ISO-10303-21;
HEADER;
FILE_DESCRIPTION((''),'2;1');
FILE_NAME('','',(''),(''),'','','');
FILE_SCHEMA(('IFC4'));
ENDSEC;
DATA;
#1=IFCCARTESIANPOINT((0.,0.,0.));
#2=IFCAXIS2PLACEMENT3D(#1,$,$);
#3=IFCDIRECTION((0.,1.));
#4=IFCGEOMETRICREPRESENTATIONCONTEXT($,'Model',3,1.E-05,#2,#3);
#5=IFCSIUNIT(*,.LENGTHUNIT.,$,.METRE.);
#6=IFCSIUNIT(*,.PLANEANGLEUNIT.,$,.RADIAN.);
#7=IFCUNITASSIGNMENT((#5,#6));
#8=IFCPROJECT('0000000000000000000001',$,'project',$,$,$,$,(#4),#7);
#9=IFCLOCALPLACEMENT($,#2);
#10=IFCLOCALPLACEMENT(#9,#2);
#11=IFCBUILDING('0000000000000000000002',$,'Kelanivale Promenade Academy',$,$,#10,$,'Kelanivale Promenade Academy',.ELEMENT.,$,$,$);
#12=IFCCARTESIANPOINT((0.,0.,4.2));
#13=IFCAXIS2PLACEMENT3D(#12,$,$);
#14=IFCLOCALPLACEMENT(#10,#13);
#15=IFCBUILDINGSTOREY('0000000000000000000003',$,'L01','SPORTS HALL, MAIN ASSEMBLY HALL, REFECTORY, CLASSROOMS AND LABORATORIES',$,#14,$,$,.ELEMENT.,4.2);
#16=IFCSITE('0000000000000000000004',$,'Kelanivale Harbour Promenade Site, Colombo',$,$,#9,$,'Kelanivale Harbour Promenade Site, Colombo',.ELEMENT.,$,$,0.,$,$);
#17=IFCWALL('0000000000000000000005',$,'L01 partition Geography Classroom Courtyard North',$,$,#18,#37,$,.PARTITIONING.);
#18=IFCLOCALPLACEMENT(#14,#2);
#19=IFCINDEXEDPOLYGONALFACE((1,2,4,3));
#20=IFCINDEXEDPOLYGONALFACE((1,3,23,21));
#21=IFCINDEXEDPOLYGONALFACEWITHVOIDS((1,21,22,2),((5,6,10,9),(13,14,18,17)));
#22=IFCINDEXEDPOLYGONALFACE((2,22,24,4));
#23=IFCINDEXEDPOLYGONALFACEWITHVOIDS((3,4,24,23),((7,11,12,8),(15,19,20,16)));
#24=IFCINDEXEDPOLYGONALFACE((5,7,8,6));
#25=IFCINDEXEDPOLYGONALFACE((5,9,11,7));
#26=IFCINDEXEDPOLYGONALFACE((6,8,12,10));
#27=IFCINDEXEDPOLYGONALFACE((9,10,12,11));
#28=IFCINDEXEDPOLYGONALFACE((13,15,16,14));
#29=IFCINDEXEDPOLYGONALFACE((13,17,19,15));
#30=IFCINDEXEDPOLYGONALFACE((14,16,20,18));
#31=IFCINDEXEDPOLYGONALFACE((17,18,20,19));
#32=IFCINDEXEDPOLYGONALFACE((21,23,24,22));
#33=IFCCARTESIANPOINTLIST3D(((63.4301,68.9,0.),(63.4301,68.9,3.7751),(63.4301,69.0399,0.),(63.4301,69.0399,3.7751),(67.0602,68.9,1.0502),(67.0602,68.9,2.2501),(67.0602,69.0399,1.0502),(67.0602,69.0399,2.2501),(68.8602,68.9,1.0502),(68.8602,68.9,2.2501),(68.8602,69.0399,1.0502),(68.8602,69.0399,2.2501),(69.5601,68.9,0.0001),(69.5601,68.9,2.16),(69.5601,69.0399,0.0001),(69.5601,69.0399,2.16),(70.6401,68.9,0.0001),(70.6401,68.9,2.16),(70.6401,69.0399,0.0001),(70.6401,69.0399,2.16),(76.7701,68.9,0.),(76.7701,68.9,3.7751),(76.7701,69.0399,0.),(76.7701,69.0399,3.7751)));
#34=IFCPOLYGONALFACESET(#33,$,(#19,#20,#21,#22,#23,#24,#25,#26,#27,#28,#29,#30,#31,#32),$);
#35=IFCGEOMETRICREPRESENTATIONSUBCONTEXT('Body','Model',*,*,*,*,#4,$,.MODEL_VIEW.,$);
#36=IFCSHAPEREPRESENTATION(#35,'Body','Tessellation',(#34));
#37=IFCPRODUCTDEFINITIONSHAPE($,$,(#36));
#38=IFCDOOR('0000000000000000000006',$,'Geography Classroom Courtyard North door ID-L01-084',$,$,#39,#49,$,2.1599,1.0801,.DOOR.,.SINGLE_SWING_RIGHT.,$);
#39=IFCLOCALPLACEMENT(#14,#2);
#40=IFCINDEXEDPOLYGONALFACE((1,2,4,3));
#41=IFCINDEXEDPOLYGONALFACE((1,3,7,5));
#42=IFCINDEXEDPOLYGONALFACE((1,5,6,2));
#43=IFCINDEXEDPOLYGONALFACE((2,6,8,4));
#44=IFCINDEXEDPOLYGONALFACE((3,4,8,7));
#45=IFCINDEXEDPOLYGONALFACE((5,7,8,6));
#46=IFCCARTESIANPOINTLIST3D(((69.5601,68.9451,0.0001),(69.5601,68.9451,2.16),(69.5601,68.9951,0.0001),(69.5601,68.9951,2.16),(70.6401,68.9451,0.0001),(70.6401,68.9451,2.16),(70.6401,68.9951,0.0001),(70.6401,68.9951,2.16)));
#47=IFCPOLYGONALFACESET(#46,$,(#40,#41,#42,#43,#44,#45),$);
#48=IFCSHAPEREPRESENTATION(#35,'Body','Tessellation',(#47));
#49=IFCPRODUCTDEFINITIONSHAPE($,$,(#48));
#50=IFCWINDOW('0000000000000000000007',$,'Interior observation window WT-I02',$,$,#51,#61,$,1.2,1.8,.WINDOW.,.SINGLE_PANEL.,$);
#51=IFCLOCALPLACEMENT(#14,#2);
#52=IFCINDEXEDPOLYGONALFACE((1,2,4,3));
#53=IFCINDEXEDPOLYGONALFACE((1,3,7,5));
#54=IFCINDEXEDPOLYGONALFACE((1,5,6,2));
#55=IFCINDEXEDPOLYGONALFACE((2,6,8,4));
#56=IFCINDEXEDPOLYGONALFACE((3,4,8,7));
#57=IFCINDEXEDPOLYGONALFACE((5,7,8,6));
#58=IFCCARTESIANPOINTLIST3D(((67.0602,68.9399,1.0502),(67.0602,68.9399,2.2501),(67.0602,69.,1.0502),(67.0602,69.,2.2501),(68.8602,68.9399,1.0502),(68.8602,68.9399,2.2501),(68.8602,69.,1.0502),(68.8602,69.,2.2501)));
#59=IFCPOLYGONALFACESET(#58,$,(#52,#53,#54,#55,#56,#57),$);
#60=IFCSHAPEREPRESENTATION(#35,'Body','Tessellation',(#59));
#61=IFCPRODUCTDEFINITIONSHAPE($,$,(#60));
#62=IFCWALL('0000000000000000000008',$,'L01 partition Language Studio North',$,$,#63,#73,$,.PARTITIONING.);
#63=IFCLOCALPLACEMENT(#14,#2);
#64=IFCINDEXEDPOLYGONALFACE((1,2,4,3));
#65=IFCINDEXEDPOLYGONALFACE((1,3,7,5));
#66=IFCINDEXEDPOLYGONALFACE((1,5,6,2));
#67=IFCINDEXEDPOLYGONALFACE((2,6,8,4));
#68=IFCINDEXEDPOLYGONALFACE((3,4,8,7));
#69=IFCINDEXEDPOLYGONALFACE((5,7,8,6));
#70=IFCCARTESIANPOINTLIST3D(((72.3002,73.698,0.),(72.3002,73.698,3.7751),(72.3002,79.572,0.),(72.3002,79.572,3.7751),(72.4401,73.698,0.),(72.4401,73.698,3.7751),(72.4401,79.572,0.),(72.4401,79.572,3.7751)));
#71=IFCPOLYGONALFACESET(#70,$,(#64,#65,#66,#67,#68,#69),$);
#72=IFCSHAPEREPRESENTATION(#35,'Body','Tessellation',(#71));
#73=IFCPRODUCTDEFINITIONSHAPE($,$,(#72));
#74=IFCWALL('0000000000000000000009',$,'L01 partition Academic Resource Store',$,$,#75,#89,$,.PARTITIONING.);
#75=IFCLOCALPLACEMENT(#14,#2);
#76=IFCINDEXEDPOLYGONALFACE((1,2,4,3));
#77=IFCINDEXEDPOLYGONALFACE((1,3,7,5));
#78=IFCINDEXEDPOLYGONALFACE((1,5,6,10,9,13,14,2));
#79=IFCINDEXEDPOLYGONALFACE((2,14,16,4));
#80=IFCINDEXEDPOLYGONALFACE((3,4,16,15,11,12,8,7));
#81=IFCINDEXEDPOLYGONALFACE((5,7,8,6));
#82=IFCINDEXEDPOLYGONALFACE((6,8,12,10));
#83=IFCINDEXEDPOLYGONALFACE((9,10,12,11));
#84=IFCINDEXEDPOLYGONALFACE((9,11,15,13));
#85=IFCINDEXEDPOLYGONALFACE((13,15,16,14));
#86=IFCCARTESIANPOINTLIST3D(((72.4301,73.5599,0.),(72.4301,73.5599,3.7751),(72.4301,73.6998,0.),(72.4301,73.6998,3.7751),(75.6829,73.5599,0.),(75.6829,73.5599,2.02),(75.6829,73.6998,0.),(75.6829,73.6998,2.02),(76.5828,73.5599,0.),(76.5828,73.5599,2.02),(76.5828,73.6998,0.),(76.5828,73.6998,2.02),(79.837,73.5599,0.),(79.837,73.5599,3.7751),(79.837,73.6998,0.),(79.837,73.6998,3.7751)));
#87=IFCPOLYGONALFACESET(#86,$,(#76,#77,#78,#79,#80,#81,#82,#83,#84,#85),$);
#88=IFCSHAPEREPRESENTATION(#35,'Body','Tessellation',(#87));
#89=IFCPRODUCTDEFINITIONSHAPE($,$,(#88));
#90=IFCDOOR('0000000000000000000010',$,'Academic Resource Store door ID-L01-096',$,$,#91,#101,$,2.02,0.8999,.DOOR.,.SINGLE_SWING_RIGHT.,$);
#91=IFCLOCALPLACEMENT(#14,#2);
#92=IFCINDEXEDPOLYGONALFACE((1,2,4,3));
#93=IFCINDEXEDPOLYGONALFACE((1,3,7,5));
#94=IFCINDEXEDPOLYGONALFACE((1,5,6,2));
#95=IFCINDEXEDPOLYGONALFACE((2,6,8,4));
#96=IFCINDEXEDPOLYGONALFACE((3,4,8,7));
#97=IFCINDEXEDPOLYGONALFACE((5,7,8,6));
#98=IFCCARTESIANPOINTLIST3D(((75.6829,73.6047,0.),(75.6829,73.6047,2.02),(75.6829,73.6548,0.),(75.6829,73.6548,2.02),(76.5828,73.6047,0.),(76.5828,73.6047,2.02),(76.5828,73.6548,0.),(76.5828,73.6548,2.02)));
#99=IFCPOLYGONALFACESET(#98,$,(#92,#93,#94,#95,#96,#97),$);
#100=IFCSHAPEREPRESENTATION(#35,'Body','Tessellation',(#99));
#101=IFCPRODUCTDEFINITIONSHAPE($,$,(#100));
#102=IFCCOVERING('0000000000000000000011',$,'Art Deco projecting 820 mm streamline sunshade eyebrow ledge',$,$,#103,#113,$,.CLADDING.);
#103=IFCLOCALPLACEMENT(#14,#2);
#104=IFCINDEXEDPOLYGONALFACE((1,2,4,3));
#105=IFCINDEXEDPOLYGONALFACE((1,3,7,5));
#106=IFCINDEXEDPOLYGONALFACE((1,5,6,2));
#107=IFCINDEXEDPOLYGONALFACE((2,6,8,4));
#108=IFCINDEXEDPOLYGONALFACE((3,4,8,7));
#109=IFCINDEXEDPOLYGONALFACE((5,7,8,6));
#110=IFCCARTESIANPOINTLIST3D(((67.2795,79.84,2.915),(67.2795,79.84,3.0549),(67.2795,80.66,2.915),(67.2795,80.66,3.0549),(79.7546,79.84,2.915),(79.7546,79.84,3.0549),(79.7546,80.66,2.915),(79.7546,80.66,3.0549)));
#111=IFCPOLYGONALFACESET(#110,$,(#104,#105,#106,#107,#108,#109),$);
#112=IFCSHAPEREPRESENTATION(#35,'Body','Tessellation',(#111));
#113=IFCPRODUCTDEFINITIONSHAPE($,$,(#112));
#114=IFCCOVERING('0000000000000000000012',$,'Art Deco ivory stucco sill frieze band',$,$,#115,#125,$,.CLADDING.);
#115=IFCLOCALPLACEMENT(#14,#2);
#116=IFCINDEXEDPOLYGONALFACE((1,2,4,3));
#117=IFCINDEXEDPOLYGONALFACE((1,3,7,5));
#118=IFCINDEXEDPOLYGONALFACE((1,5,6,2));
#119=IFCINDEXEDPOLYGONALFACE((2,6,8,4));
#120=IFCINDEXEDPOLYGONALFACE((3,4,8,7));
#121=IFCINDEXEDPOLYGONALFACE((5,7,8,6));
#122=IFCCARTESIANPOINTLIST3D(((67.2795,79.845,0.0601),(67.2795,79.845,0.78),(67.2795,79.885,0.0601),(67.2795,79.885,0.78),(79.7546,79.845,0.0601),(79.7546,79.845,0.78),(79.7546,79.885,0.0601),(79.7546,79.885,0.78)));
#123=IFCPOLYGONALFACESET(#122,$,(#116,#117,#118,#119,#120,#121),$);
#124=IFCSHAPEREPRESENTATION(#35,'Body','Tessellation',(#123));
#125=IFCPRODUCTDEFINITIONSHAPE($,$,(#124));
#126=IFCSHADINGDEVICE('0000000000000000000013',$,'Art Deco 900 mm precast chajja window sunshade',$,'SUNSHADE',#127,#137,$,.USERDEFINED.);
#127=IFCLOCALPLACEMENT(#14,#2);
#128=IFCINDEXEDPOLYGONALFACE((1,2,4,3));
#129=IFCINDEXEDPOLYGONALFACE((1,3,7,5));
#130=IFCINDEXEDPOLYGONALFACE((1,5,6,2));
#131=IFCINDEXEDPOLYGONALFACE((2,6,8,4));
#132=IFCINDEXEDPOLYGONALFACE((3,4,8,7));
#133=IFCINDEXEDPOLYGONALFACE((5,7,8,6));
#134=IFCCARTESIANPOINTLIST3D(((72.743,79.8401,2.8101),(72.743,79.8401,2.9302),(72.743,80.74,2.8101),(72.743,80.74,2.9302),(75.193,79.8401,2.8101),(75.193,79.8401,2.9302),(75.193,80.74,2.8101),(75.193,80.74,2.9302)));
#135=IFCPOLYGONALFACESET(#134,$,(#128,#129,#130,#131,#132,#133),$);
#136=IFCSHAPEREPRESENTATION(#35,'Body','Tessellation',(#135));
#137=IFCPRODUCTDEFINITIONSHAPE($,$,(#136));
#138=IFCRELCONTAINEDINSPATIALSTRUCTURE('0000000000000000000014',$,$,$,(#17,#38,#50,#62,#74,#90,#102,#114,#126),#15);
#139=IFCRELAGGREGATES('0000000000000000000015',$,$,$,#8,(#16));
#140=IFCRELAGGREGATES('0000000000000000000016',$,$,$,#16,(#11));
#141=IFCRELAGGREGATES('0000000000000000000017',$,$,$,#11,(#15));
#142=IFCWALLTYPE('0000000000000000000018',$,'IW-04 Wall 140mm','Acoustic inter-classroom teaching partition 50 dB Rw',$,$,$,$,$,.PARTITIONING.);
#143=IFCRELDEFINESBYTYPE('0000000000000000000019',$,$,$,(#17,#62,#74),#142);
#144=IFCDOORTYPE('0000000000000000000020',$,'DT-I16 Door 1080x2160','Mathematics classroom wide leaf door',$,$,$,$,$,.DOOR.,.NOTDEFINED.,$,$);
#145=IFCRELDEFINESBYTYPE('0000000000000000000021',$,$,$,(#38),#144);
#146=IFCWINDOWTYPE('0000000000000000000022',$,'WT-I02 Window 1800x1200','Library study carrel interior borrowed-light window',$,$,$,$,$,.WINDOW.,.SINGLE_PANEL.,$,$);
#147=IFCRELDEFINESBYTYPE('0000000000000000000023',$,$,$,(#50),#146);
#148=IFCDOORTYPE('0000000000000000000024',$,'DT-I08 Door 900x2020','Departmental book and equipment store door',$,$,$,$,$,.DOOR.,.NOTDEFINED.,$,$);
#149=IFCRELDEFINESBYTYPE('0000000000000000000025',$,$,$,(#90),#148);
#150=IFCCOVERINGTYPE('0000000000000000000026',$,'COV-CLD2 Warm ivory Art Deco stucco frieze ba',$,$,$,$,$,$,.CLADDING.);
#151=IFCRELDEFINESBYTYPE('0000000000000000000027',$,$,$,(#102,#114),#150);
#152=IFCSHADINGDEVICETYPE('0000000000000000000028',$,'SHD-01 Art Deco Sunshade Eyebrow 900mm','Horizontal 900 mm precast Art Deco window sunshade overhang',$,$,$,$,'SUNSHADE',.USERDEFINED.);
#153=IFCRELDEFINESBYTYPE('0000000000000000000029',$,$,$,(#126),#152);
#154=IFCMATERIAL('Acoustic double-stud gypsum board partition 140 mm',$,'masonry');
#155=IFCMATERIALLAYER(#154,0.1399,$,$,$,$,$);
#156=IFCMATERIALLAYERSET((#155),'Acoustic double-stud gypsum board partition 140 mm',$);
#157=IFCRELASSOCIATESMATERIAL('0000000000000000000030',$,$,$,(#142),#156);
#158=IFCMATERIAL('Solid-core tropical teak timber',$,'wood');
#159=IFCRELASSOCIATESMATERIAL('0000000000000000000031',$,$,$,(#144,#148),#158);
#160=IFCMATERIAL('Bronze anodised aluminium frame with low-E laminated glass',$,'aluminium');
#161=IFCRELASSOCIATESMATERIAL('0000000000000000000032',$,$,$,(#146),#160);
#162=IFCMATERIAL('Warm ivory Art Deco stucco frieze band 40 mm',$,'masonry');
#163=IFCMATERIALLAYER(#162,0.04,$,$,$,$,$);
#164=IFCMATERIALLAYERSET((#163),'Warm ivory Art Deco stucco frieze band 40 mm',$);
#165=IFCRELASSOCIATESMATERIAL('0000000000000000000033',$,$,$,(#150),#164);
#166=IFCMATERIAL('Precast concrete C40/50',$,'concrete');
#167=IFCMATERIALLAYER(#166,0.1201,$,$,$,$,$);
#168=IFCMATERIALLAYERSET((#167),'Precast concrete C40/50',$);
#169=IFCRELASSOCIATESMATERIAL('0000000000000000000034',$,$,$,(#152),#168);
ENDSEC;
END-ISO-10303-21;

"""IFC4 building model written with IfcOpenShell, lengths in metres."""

from ifc_helpers import new_model, si_unit, direction, frame, frame_2d, origin, origin_2d, place, context, subcontext, project, spatial, rectangle, extrude, material, layer, layer_set, type_object, element, fill, save


model = new_model("IFC4")

# Units and contexts
model_context = context("Model", 3, precision=1e-05, world=origin(), true_north=direction((0.0, 1.0)))
body_context = subcontext(model_context, "Body", "Model", "MODEL_VIEW")
ifc_project = project(units=[si_unit("LENGTHUNIT", "METRE"), si_unit("PLANEANGLEUNIT", "RADIAN")], contexts=[model_context])

# Site, building, storey
site_placement = place(None, origin())
site = spatial("IfcSite", under=ifc_project, at=site_placement, Name="Kelanivale Harbour Promenade Site, Colombo", LongName="Kelanivale Harbour Promenade Site, Colombo", CompositionType="ELEMENT", RefElevation=0.0)
building_placement = place(site_placement, origin())
building = spatial("IfcBuilding", under=site, at=building_placement, Name="Kelanivale Promenade Academy", LongName="Kelanivale Promenade Academy", CompositionType="ELEMENT")
storey_placement = place(building_placement, frame((0.0, 0.0, 4.2)))
storey = spatial("IfcBuildingStorey", under=building, at=storey_placement, Name="L01", Description="SPORTS HALL, MAIN ASSEMBLY HALL, REFECTORY, CLASSROOMS AND LABORATORIES", CompositionType="ELEMENT", Elevation=4.2)

# Wall, openings, door, window
ifc_material_1 = material(Name="Acoustic double-stud gypsum board partition 140 mm", Category="masonry")
ifc_layer_1 = layer(ifc_material_1, 0.1399)
ifc_layer_set_1 = layer_set([ifc_layer_1], Name="Acoustic double-stud gypsum board partition 140 mm")
wall_type_1 = type_object("IfcWallType", Name="IW-04 Wall 140mm", Description="Acoustic inter-classroom teaching partition 50 dB Rw", PredefinedType="PARTITIONING", material=ifc_layer_set_1)
wall_1_placement = place(storey_placement, frame((76.77, 68.97, 0.0), z_axis=(0.0, 0.0, 1.0), x_axis=(-1.0, 0.0, 0.0)))
wall_1 = element("IfcWall", 1, at=wall_1_placement, inside=storey, type_object=wall_type_1, Name="L01 partition Geography Classroom Courtyard North", PredefinedType="PARTITIONING", context=body_context, shape_type="SweptSolid", body=[
    extrude(rectangle(XDim=13.3401, YDim=0.1399, at=frame_2d((6.6699, 0.0))), origin(), (0.0, 0.0, 1.0), 3.7751),
])
opening_1_placement = place(wall_1_placement, frame((6.1299, 0.0, 0.0)))
opening_1 = element("IfcOpeningElement", 2, at=opening_1_placement, cuts=wall_1, PredefinedType="OPENING", context=body_context, shape_type="SweptSolid", body=[
    extrude(rectangle(XDim=1.0801, YDim=2.1599, at=frame_2d((0.54, 1.0801))), frame((0.0, 0.0801, 0.0), z_axis=(0.0, -1.0, 0.0), x_axis=(1.0, 0.0, 0.0)), (0.0, 0.0, 1.0), 0.1599),
])
opening_2_placement = place(wall_1_placement, frame((7.9099, 0.0, 1.05)))
opening_2 = element("IfcOpeningElement", 3, at=opening_2_placement, cuts=wall_1, PredefinedType="OPENING", context=body_context, shape_type="SweptSolid", body=[
    extrude(rectangle(XDim=1.8, YDim=1.2, at=frame_2d((0.8999, 0.6001))), frame((0.0, 0.0801, 0.0), z_axis=(0.0, -1.0, 0.0), x_axis=(1.0, 0.0, 0.0)), (0.0, 0.0, 1.0), 0.1599),
])
ifc_material_2 = material(Name="Solid-core tropical teak timber", Category="wood")
door_type_1 = type_object("IfcDoorType", Name="DT-I16 Door 1080x2160", Description="Mathematics classroom wide leaf door", OperationType="NOTDEFINED", PredefinedType="DOOR", material=ifc_material_2)
door_1_placement = place(opening_1_placement, origin())
door_1 = element("IfcDoor", 4, at=door_1_placement, inside=storey, type_object=door_type_1, Name="Geography Classroom Courtyard North door ID-L01-084", OperationType="SINGLE_SWING_RIGHT", OverallHeight=2.1599, OverallWidth=1.0801, PredefinedType="DOOR", context=body_context, shape_type="SweptSolid", body=[
    extrude(rectangle(XDim=1.0801, YDim=2.1599, at=frame_2d((0.54, 1.0801))), frame((0.0, 0.0249, 0.0), z_axis=(0.0, -1.0, 0.0), x_axis=(1.0, 0.0, 0.0)), (0.0, 0.0, 1.0), 0.05),
])
fill(opening_1, door_1)
ifc_material_3 = material(Name="Bronze anodised aluminium frame with low-E laminated glass", Category="aluminium")
window_type = type_object("IfcWindowType", Name="WT-I02 Window 1800x1200", Description="Library study carrel interior borrowed-light window", PartitioningType="SINGLE_PANEL", PredefinedType="WINDOW", material=ifc_material_3)
window_placement = place(opening_2_placement, origin())
window = element("IfcWindow", 5, at=window_placement, inside=storey, type_object=window_type, Name="Interior observation window WT-I02", OverallHeight=1.2, OverallWidth=1.8, PartitioningType="SINGLE_PANEL", PredefinedType="WINDOW", context=body_context, shape_type="SweptSolid", body=[
    extrude(rectangle(XDim=1.8, YDim=1.2, at=frame_2d((0.8999, 0.6001))), frame((0.0, 0.03, 0.0), z_axis=(0.0, -1.0, 0.0), x_axis=(1.0, 0.0, 0.0)), (0.0, 0.0, 1.0), 0.0601),
])
fill(opening_2, window)

# Wall
wall_2_placement = place(storey_placement, frame((72.3701, 73.698, 0.0), z_axis=(0.0, 0.0, 1.0), x_axis=(0.0, 1.0, 0.0)))
element("IfcWall", 6, at=wall_2_placement, inside=storey, type_object=wall_type_1, Name="L01 partition Language Studio North", PredefinedType="PARTITIONING", context=body_context, shape_type="SweptSolid", body=[
    extrude(rectangle(XDim=5.874, YDim=0.1399, at=frame_2d((2.937, 0.0))), origin(), (0.0, 0.0, 1.0), 3.7751),
])

# Wall, opening, door
wall_3_placement = place(storey_placement, frame((72.4299, 73.6299, 0.0), z_axis=(0.0, 0.0, 1.0), x_axis=(1.0, 0.0, 0.0)))
wall_3 = element("IfcWall", 7, at=wall_3_placement, inside=storey, type_object=wall_type_1, Name="L01 partition Academic Resource Store", PredefinedType="PARTITIONING", context=body_context, shape_type="SweptSolid", body=[
    extrude(rectangle(XDim=7.407, YDim=0.1399, at=frame_2d((3.7036, 0.0))), origin(), (0.0, 0.0, 1.0), 3.7751),
])
opening_3_placement = place(wall_3_placement, frame((3.2529, 0.0, 0.0)))
opening_3 = element("IfcOpeningElement", 8, at=opening_3_placement, cuts=wall_3, PredefinedType="OPENING", context=body_context, shape_type="SweptSolid", body=[
    extrude(rectangle(XDim=0.8999, YDim=2.02, at=frame_2d((0.45, 1.01))), frame((0.0, 0.0801, 0.0), z_axis=(0.0, -1.0, 0.0), x_axis=(1.0, 0.0, 0.0)), (0.0, 0.0, 1.0), 0.1599),
])
door_type_2 = type_object("IfcDoorType", Name="DT-I08 Door 900x2020", Description="Departmental book and equipment store door", OperationType="NOTDEFINED", PredefinedType="DOOR", material=ifc_material_2)
door_2_placement = place(opening_3_placement, origin())
door_2 = element("IfcDoor", 9, at=door_2_placement, inside=storey, type_object=door_type_2, Name="Academic Resource Store door ID-L01-096", OperationType="SINGLE_SWING_RIGHT", OverallHeight=2.02, OverallWidth=0.8999, PredefinedType="DOOR", context=body_context, shape_type="SweptSolid", body=[
    extrude(rectangle(XDim=0.8999, YDim=2.02, at=frame_2d((0.45, 1.01))), frame((0.0, 0.0249, 0.0), z_axis=(0.0, -1.0, 0.0), x_axis=(1.0, 0.0, 0.0)), (0.0, 0.0, 1.0), 0.05),
])
fill(opening_3, door_2)

# Coverings
ifc_material_4 = material(Name="Warm ivory Art Deco stucco frieze band 40 mm", Category="masonry")
ifc_layer_2 = layer(ifc_material_4, 0.04)
ifc_layer_set_2 = layer_set([ifc_layer_2], Name="Warm ivory Art Deco stucco frieze band 40 mm")
covering_type = type_object("IfcCoveringType", Name="COV-CLD2 Warm ivory Art Deco stucco frieze ba", PredefinedType="CLADDING", material=ifc_layer_set_2)
covering_1_placement = place(storey_placement, frame((73.5171, 80.25, 2.915), z_axis=(0.0, 0.0, 1.0), x_axis=(-1.0, 0.0, 0.0)))
element("IfcCovering", 10, at=covering_1_placement, inside=storey, type_object=covering_type, Name="Art Deco projecting 820 mm streamline sunshade eyebrow ledge", PredefinedType="CLADDING", context=body_context, shape_type="SweptSolid", body=[
    extrude(rectangle(XDim=12.4751, YDim=0.8201, at=origin_2d()), origin(), (0.0, 0.0, 1.0), 0.1399),
])
covering_2_placement = place(storey_placement, frame((73.5171, 79.865, 0.0601), z_axis=(0.0, 0.0, 1.0), x_axis=(-1.0, 0.0, 0.0)))
element("IfcCovering", 11, at=covering_2_placement, inside=storey, type_object=covering_type, Name="Art Deco ivory stucco sill frieze band", PredefinedType="CLADDING", context=body_context, shape_type="SweptSolid", body=[
    extrude(rectangle(XDim=12.4751, YDim=0.04, at=origin_2d()), origin(), (0.0, 0.0, 1.0), 0.72),
])

# Shading device
ifc_material_5 = material(Name="Precast concrete C40/50", Category="concrete")
ifc_layer_3 = layer(ifc_material_5, 0.1201)
ifc_layer_set_3 = layer_set([ifc_layer_3], Name="Precast concrete C40/50")
shading_device_type = type_object("IfcShadingDeviceType", Name="SHD-01 Art Deco Sunshade Eyebrow 900mm", Description="Horizontal 900 mm precast Art Deco window sunshade overhang", ElementType="SUNSHADE", PredefinedType="USERDEFINED", material=ifc_layer_set_3)
shading_device_placement = place(storey_placement, frame((73.968, 80.29, 2.8101), z_axis=(0.0, 0.0, 1.0), x_axis=(-1.0, 0.0, 0.0)))
element("IfcShadingDevice", 12, at=shading_device_placement, inside=storey, type_object=shading_device_type, Name="Art Deco 900 mm precast chajja window sunshade", ObjectType="SUNSHADE", PredefinedType="USERDEFINED", context=body_context, shape_type="SweptSolid", body=[
    extrude(rectangle(XDim=2.45, YDim=0.8999, at=origin_2d()), origin(), (0.0, 0.0, 1.0), 0.1201),
])

save(model, "model.ifc")
